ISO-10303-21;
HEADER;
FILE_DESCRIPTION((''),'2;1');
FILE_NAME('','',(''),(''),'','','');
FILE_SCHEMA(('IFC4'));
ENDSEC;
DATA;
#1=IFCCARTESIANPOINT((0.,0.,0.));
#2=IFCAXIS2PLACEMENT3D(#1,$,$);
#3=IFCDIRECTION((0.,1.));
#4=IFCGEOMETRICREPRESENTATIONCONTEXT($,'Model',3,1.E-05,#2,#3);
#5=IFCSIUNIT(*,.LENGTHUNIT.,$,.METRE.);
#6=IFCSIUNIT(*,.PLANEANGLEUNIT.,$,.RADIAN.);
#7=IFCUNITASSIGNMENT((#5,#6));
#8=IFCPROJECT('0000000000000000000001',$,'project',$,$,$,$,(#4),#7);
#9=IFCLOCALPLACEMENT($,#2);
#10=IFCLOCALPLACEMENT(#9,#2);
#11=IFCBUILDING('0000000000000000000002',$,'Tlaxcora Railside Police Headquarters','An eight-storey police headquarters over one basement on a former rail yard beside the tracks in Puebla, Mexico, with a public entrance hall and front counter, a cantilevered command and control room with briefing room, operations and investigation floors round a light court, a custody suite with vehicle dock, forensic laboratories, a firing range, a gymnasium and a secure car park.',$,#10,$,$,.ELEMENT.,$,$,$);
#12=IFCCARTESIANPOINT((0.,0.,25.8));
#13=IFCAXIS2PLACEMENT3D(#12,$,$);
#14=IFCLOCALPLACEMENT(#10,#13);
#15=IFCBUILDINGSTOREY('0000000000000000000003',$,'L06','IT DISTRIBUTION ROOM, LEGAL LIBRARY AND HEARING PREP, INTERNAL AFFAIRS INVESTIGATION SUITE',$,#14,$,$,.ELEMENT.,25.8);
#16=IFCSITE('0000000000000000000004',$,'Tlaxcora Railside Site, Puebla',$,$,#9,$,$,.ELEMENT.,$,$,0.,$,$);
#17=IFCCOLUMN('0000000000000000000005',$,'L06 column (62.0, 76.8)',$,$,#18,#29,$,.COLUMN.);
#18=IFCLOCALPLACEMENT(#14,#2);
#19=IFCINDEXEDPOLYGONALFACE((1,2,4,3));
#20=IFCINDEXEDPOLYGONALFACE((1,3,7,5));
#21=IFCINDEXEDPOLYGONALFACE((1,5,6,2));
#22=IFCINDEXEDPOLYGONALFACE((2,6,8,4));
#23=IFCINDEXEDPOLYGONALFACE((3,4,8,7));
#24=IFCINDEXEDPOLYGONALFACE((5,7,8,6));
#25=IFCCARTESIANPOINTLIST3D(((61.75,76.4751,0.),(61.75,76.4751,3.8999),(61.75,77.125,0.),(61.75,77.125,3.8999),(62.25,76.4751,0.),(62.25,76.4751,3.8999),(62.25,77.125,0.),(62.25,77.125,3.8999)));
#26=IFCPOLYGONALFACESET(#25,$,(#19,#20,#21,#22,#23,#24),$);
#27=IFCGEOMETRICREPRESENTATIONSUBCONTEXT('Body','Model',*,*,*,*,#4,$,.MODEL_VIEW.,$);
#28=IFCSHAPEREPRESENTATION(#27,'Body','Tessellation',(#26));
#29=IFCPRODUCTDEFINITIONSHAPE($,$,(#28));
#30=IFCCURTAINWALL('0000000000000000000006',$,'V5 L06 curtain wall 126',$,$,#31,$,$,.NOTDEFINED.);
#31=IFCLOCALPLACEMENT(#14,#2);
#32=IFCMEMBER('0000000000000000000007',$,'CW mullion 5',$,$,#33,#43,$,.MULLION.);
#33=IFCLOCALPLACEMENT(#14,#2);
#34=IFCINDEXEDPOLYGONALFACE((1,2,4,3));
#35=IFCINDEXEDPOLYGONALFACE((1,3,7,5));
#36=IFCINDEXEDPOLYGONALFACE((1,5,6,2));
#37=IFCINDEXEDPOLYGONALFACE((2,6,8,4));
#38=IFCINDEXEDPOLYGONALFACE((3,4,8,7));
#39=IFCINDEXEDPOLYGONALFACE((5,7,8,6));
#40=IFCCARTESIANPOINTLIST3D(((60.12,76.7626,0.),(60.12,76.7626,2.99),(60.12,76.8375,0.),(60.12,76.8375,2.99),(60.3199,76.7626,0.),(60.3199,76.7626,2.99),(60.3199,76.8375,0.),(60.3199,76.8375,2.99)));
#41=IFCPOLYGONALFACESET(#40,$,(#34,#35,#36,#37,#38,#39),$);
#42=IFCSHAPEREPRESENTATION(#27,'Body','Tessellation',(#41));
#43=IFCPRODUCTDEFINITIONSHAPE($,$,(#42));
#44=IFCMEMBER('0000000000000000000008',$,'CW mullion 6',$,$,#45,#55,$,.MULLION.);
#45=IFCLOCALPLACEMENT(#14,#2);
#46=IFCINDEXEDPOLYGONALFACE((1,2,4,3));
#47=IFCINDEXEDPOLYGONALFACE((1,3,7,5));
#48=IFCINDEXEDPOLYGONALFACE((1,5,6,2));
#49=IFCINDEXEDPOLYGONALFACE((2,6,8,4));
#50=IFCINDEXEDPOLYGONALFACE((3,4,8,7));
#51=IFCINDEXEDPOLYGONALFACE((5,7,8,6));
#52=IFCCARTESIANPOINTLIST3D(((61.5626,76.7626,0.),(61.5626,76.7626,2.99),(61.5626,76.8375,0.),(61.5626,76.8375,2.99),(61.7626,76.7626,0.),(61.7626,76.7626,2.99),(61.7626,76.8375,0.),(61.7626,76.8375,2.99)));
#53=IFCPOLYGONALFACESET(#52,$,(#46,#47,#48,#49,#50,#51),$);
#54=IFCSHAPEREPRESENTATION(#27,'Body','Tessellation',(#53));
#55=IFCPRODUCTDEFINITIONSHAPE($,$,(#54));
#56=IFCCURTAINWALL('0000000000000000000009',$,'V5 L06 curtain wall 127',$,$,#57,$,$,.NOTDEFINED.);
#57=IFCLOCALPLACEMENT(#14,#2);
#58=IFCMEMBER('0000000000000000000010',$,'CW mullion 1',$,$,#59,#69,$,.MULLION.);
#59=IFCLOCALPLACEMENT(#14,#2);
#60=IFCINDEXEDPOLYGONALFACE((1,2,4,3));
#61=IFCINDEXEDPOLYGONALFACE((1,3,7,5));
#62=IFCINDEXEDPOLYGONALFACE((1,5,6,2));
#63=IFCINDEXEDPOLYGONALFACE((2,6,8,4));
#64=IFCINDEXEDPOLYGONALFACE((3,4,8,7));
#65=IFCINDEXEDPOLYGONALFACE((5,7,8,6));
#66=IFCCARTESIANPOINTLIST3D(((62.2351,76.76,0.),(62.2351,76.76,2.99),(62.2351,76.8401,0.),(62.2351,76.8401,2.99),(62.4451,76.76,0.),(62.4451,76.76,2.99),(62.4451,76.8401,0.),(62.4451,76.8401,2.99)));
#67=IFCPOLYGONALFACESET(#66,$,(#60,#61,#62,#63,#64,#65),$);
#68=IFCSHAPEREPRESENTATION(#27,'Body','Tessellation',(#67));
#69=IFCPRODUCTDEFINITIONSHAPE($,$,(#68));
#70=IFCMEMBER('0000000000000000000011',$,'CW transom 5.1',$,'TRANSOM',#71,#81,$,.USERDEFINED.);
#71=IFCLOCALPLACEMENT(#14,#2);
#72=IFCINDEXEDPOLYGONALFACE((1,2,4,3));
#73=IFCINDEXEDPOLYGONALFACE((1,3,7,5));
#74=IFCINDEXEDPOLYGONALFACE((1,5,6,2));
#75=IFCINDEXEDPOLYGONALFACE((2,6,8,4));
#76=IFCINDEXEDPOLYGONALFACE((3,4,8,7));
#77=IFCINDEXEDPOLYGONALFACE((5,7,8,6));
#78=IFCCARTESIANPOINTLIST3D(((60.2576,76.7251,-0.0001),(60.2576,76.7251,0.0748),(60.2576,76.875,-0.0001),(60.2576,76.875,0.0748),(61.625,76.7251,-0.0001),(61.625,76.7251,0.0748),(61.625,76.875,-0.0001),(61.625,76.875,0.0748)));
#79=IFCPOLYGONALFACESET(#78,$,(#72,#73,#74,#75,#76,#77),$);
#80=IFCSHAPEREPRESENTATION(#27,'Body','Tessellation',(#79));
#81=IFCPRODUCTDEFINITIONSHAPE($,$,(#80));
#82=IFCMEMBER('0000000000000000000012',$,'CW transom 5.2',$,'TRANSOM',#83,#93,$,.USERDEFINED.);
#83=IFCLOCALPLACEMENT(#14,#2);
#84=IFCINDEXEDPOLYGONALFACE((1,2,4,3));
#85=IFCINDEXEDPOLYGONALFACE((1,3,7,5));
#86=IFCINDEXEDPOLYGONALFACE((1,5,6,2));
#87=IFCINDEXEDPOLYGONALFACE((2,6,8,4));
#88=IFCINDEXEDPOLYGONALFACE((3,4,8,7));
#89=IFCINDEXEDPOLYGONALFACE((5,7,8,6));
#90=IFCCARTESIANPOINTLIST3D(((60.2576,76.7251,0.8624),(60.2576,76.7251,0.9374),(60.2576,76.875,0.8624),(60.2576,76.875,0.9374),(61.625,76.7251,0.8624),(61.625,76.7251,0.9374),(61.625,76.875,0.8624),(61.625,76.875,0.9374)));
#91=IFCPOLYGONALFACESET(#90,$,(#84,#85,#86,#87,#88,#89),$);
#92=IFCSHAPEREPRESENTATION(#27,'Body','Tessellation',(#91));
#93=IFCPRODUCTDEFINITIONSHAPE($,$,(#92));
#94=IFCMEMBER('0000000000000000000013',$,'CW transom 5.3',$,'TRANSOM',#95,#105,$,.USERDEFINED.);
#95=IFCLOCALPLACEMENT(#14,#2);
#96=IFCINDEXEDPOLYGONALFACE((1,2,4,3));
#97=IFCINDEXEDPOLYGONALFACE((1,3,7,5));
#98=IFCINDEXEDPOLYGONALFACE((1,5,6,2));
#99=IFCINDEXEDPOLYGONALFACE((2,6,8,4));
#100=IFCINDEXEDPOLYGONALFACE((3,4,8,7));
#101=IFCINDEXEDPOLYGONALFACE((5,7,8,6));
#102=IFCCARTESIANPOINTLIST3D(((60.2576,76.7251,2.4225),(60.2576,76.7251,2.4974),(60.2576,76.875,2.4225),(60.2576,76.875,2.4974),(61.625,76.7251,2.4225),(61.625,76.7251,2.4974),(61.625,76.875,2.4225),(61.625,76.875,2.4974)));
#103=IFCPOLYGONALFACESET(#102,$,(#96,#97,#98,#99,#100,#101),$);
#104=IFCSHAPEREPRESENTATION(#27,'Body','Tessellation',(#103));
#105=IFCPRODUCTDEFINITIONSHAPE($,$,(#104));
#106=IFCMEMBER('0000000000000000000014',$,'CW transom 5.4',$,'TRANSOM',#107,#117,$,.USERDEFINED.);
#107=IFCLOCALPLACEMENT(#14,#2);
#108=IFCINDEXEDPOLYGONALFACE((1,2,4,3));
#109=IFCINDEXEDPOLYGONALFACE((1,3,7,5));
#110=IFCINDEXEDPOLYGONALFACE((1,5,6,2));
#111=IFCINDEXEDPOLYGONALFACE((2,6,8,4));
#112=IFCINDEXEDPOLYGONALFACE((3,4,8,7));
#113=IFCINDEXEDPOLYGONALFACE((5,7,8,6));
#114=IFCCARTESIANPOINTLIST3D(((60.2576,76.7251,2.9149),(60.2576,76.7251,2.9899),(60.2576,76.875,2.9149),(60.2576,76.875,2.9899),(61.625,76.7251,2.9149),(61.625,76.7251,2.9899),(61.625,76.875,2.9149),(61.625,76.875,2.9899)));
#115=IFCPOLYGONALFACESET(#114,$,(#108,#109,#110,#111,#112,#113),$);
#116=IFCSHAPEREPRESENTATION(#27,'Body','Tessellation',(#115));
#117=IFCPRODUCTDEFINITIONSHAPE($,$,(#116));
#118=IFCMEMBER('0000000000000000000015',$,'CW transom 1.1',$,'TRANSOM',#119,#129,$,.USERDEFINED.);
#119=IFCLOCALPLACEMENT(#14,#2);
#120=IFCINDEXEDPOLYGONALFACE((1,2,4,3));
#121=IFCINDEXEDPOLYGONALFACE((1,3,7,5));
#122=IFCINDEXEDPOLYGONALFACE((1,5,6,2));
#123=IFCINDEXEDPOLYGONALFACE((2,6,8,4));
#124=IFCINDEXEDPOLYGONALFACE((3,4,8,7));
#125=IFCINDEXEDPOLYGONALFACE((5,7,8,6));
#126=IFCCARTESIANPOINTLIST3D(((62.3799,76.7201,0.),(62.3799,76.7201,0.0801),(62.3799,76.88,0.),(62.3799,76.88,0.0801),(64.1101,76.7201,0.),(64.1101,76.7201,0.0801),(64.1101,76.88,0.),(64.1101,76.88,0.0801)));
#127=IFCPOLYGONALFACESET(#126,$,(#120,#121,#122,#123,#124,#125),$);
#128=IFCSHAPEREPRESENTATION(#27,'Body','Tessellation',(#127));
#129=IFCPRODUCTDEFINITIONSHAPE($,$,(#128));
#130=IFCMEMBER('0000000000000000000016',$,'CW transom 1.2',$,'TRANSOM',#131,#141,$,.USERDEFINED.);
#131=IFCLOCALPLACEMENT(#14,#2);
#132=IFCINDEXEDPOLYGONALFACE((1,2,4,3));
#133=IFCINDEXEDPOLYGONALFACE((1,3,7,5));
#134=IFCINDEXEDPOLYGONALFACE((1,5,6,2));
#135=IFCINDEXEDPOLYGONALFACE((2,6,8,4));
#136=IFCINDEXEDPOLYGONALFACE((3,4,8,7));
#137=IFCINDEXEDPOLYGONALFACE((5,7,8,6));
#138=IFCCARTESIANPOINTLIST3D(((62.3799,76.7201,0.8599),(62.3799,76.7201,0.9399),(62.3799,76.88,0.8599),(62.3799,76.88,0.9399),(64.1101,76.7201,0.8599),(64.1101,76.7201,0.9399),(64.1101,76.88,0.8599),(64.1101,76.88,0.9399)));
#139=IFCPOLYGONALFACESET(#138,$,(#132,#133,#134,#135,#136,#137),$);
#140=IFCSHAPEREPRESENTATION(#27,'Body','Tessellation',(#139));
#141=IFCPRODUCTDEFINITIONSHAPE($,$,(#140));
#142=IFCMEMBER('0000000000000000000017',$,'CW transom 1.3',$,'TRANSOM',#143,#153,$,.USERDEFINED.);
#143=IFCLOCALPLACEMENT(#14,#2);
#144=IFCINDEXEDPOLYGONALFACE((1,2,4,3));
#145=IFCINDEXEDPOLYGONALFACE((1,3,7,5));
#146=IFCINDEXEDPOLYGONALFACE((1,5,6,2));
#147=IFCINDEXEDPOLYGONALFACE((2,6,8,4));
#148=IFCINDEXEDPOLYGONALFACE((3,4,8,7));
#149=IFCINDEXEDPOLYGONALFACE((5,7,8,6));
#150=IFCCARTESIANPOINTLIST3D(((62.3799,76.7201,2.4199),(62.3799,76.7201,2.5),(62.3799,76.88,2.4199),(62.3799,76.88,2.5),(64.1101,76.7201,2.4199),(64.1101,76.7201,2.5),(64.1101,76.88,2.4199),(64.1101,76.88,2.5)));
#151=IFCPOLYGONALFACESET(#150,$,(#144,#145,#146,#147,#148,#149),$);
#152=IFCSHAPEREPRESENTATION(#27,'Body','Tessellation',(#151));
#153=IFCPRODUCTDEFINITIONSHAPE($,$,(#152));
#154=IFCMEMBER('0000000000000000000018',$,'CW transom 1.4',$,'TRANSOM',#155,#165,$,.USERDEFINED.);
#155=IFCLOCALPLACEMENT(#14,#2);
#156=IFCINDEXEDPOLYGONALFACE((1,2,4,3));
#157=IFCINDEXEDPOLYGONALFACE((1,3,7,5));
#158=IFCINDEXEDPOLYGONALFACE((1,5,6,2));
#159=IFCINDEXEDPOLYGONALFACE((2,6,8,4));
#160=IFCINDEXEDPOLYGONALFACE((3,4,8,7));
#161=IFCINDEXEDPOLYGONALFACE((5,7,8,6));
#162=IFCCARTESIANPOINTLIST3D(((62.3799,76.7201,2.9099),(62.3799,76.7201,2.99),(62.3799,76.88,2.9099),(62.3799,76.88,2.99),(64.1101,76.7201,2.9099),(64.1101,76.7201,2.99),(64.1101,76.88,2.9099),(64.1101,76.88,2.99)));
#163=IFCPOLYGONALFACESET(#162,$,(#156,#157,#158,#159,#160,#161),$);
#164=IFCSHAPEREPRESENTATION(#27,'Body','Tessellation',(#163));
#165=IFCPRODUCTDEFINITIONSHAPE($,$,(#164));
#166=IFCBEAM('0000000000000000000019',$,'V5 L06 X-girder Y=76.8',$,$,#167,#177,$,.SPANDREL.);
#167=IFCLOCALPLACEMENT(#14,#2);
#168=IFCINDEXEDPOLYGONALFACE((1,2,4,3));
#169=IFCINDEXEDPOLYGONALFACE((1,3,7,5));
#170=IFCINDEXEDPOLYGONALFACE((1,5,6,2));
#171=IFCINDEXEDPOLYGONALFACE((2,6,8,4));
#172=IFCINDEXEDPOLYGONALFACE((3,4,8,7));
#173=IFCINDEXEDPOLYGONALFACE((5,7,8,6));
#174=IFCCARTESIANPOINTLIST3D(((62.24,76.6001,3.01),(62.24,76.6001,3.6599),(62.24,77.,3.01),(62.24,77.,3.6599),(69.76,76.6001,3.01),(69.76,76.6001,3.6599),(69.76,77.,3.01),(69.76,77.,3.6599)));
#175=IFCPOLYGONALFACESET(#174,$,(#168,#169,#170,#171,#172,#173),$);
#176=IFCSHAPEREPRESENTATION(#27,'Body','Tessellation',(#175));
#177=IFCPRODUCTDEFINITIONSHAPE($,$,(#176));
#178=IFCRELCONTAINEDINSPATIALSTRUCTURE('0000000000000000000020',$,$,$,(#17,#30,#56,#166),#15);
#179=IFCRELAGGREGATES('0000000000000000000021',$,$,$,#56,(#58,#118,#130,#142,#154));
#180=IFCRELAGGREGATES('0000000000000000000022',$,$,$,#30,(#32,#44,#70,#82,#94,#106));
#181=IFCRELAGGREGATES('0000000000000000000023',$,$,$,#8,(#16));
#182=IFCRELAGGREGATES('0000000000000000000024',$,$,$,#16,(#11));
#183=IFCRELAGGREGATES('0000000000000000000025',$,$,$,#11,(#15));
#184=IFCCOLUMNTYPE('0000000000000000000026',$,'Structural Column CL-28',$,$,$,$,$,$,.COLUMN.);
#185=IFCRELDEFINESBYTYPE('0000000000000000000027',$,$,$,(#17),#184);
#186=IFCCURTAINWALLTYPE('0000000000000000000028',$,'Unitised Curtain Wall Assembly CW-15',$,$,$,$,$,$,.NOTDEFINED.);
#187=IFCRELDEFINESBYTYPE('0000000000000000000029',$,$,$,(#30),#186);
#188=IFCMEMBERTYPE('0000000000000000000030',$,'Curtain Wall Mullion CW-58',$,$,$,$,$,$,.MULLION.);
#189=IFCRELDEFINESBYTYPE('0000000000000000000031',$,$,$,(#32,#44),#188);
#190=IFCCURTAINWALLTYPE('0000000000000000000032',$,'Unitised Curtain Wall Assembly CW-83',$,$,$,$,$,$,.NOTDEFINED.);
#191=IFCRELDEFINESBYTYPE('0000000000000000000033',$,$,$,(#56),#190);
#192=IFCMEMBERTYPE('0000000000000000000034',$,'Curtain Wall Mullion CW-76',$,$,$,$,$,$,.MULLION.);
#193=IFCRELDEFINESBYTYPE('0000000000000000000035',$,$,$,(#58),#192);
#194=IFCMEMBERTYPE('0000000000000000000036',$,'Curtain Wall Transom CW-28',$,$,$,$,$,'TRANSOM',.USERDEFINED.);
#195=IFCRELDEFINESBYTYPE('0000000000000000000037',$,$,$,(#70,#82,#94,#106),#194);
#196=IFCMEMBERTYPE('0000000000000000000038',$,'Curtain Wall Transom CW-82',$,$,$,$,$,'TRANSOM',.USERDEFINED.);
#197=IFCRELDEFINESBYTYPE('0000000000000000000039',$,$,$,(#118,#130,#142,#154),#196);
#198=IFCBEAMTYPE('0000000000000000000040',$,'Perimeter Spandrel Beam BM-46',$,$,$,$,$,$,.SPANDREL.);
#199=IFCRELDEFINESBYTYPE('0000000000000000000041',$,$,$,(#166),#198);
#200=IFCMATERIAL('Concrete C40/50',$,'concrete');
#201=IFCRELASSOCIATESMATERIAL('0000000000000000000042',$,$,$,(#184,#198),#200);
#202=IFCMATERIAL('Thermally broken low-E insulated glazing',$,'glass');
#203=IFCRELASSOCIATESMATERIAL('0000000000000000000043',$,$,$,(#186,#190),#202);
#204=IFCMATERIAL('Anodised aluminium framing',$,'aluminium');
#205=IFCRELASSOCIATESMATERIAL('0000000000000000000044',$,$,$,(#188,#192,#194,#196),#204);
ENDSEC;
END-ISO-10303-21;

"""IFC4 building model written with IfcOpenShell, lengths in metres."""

from ifc_helpers import new_model, si_unit, direction, frame, origin, origin_2d, place, context, subcontext, project, spatial, rectangle, extrude, material, material_profile, profile_set, type_object, element, aggregate, save


model = new_model("IFC4")

# Units and contexts
model_context = context("Model", 3, precision=1e-05, world=origin(), true_north=direction((0.0, 1.0)))
body_context = subcontext(model_context, "Body", "Model", "MODEL_VIEW")
ifc_project = project(units=[si_unit("LENGTHUNIT", "METRE"), si_unit("PLANEANGLEUNIT", "RADIAN")], contexts=[model_context])

# Site, building, storey
site_placement = place(None, origin())
site = spatial("IfcSite", under=ifc_project, at=site_placement, Name="Tlaxcora Railside Site, Puebla", CompositionType="ELEMENT", RefElevation=0.0)
building_placement = place(site_placement, origin())
building = spatial("IfcBuilding", under=site, at=building_placement, Name="Tlaxcora Railside Police Headquarters", Description="An eight-storey police headquarters over one basement on a former rail yard beside the tracks in Puebla, Mexico, with a public entrance hall and front counter, a cantilevered command and control room with briefing room, operations and investigation floors round a light court, a custody suite with vehicle dock, forensic laboratories, a firing range, a gymnasium and a secure car park.", CompositionType="ELEMENT")
storey_placement = place(building_placement, frame((0.0, 0.0, 25.8)))
storey = spatial("IfcBuildingStorey", under=building, at=storey_placement, Name="L06", Description="IT DISTRIBUTION ROOM, LEGAL LIBRARY AND HEARING PREP, INTERNAL AFFAIRS INVESTIGATION SUITE", CompositionType="ELEMENT", Elevation=25.8)

# Column
ifc_material_1 = material(Name="Concrete C40/50", Category="concrete")
ifc_material_profile_1 = material_profile(ifc_material_1, rectangle(XDim=0.5, YDim=0.6499, at=origin_2d()), Name="RC500X650")
ifc_profile_set_1 = profile_set([ifc_material_profile_1], Name="Concrete C40/50")
column_type = type_object("IfcColumnType", Name="Structural Column CL-28", PredefinedType="COLUMN", material=ifc_profile_set_1)
column_placement = place(storey_placement, frame((62.0, 76.8, 0.0), z_axis=(0.0, 0.0, 1.0), x_axis=(1.0, 0.0, 0.0)))
element("IfcColumn", 1, at=column_placement, inside=storey, type_object=column_type, Name="L06 column (62.0, 76.8)", PredefinedType="COLUMN", context=body_context, shape_type="SweptSolid", body=[
    extrude(rectangle(XDim=0.5, YDim=0.6499, at=origin_2d()), origin(), (0.0, 0.0, 1.0), 3.8999),
])

# Curtain wall, members
ifc_material_2 = material(Name="Thermally broken low-E insulated glazing", Category="glass")
curtain_wall_type_1 = type_object("IfcCurtainWallType", Name="Unitised Curtain Wall Assembly CW-15", PredefinedType="NOTDEFINED", material=ifc_material_2)
curtain_wall_1_placement = place(storey_placement, origin())
curtain_wall_1 = element("IfcCurtainWall", 2, at=curtain_wall_1_placement, inside=storey, type_object=curtain_wall_type_1, Name="V5 L06 curtain wall 126", PredefinedType="NOTDEFINED")
ifc_material_3 = material(Name="Anodised aluminium framing", Category="aluminium")
ifc_material_profile_2 = material_profile(ifc_material_3, rectangle(XDim=0.075, YDim=0.2, at=origin_2d()), Name="AL75X200")
ifc_profile_set_2 = profile_set([ifc_material_profile_2], Name="Anodised aluminium framing")
member_type_1 = type_object("IfcMemberType", Name="Curtain Wall Mullion CW-58", PredefinedType="MULLION", material=ifc_profile_set_2)
member_1_placement = place(storey_placement, frame((60.22, 76.8, 0.0), z_axis=(0.0, 0.0, 1.0), x_axis=(0.0, 1.0, 0.0)))
member_1 = element("IfcMember", 3, at=member_1_placement, type_object=member_type_1, Name="CW mullion 5", PredefinedType="MULLION", context=body_context, shape_type="SweptSolid", body=[
    extrude(rectangle(XDim=0.075, YDim=0.2, at=origin_2d()), origin(), (0.0, 0.0, 1.0), 2.99),
])
member_2_placement = place(storey_placement, frame((61.6626, 76.8, 0.0), z_axis=(0.0, 0.0, 1.0), x_axis=(0.0, 1.0, 0.0)))
member_2 = element("IfcMember", 4, at=member_2_placement, type_object=member_type_1, Name="CW mullion 6", PredefinedType="MULLION", context=body_context, shape_type="SweptSolid", body=[
    extrude(rectangle(XDim=0.075, YDim=0.2, at=origin_2d()), origin(), (0.0, 0.0, 1.0), 2.99),
])

# Curtain wall, member
curtain_wall_type_2 = type_object("IfcCurtainWallType", Name="Unitised Curtain Wall Assembly CW-83", PredefinedType="NOTDEFINED", material=ifc_material_2)
curtain_wall_2_placement = place(storey_placement, origin())
curtain_wall_2 = element("IfcCurtainWall", 5, at=curtain_wall_2_placement, inside=storey, type_object=curtain_wall_type_2, Name="V5 L06 curtain wall 127", PredefinedType="NOTDEFINED")
ifc_material_profile_3 = material_profile(ifc_material_3, rectangle(XDim=0.0801, YDim=0.21, at=origin_2d()), Name="AL80X210")
ifc_profile_set_3 = profile_set([ifc_material_profile_3], Name="Anodised aluminium framing")
member_type_2 = type_object("IfcMemberType", Name="Curtain Wall Mullion CW-76", PredefinedType="MULLION", material=ifc_profile_set_3)
member_3_placement = place(storey_placement, frame((62.3401, 76.8, 0.0), z_axis=(0.0, 0.0, 1.0), x_axis=(0.0, 1.0, 0.0)))
member_3 = element("IfcMember", 6, at=member_3_placement, type_object=member_type_2, Name="CW mullion 1", PredefinedType="MULLION", context=body_context, shape_type="SweptSolid", body=[
    extrude(rectangle(XDim=0.0801, YDim=0.21, at=origin_2d()), origin(), (0.0, 0.0, 1.0), 2.99),
])

# Members
ifc_material_profile_4 = material_profile(ifc_material_3, rectangle(XDim=0.1499, YDim=0.075, at=origin_2d()), Name="AL75X150")
ifc_profile_set_4 = profile_set([ifc_material_profile_4], Name="Anodised aluminium framing")
member_type_3 = type_object("IfcMemberType", Name="Curtain Wall Transom CW-28", ElementType="TRANSOM", PredefinedType="USERDEFINED", material=ifc_profile_set_4)
member_4_placement = place(storey_placement, frame((60.2576, 76.8, 0.0374), z_axis=(1.0, 0.0, 0.0), x_axis=(0.0, 1.0, 0.0)))
member_4 = element("IfcMember", 7, at=member_4_placement, type_object=member_type_3, Name="CW transom 5.1", ObjectType="TRANSOM", PredefinedType="USERDEFINED", context=body_context, shape_type="SweptSolid", body=[
    extrude(rectangle(XDim=0.1499, YDim=0.075, at=origin_2d()), origin(), (0.0, 0.0, 1.0), 1.3674),
])
member_5_placement = place(storey_placement, frame((60.2576, 76.8, 0.8999), z_axis=(1.0, 0.0, 0.0), x_axis=(0.0, 1.0, 0.0)))
member_5 = element("IfcMember", 8, at=member_5_placement, type_object=member_type_3, Name="CW transom 5.2", ObjectType="TRANSOM", PredefinedType="USERDEFINED", context=body_context, shape_type="SweptSolid", body=[
    extrude(rectangle(XDim=0.1499, YDim=0.075, at=origin_2d()), origin(), (0.0, 0.0, 1.0), 1.3674),
])
member_6_placement = place(storey_placement, frame((60.2576, 76.8, 2.46), z_axis=(1.0, 0.0, 0.0), x_axis=(0.0, 1.0, 0.0)))
member_6 = element("IfcMember", 9, at=member_6_placement, type_object=member_type_3, Name="CW transom 5.3", ObjectType="TRANSOM", PredefinedType="USERDEFINED", context=body_context, shape_type="SweptSolid", body=[
    extrude(rectangle(XDim=0.1499, YDim=0.075, at=origin_2d()), origin(), (0.0, 0.0, 1.0), 1.3674),
])
member_7_placement = place(storey_placement, frame((60.2576, 76.8, 2.9524), z_axis=(1.0, 0.0, 0.0), x_axis=(0.0, 1.0, 0.0)))
member_7 = element("IfcMember", 10, at=member_7_placement, type_object=member_type_3, Name="CW transom 5.4", ObjectType="TRANSOM", PredefinedType="USERDEFINED", context=body_context, shape_type="SweptSolid", body=[
    extrude(rectangle(XDim=0.1499, YDim=0.075, at=origin_2d()), origin(), (0.0, 0.0, 1.0), 1.3674),
])
ifc_material_profile_5 = material_profile(ifc_material_3, rectangle(XDim=0.1599, YDim=0.0801, at=origin_2d()), Name="AL80X160")
ifc_profile_set_5 = profile_set([ifc_material_profile_5], Name="Anodised aluminium framing")
member_type_4 = type_object("IfcMemberType", Name="Curtain Wall Transom CW-82", ElementType="TRANSOM", PredefinedType="USERDEFINED", material=ifc_profile_set_5)
member_8_placement = place(storey_placement, frame((62.3799, 76.8, 0.04), z_axis=(1.0, 0.0, 0.0), x_axis=(0.0, 1.0, 0.0)))
member_8 = element("IfcMember", 11, at=member_8_placement, type_object=member_type_4, Name="CW transom 1.1", ObjectType="TRANSOM", PredefinedType="USERDEFINED", context=body_context, shape_type="SweptSolid", body=[
    extrude(rectangle(XDim=0.1599, YDim=0.0801, at=origin_2d()), origin(), (0.0, 0.0, 1.0), 1.7302),
])
member_9_placement = place(storey_placement, frame((62.3799, 76.8, 0.8999), z_axis=(1.0, 0.0, 0.0), x_axis=(0.0, 1.0, 0.0)))
member_9 = element("IfcMember", 12, at=member_9_placement, type_object=member_type_4, Name="CW transom 1.2", ObjectType="TRANSOM", PredefinedType="USERDEFINED", context=body_context, shape_type="SweptSolid", body=[
    extrude(rectangle(XDim=0.1599, YDim=0.0801, at=origin_2d()), origin(), (0.0, 0.0, 1.0), 1.7302),
])
member_10_placement = place(storey_placement, frame((62.3799, 76.8, 2.46), z_axis=(1.0, 0.0, 0.0), x_axis=(0.0, 1.0, 0.0)))
member_10 = element("IfcMember", 13, at=member_10_placement, type_object=member_type_4, Name="CW transom 1.3", ObjectType="TRANSOM", PredefinedType="USERDEFINED", context=body_context, shape_type="SweptSolid", body=[
    extrude(rectangle(XDim=0.1599, YDim=0.0801, at=origin_2d()), origin(), (0.0, 0.0, 1.0), 1.7302),
])
member_11_placement = place(storey_placement, frame((62.3799, 76.8, 2.95), z_axis=(1.0, 0.0, 0.0), x_axis=(0.0, 1.0, 0.0)))
member_11 = element("IfcMember", 14, at=member_11_placement, type_object=member_type_4, Name="CW transom 1.4", ObjectType="TRANSOM", PredefinedType="USERDEFINED", context=body_context, shape_type="SweptSolid", body=[
    extrude(rectangle(XDim=0.1599, YDim=0.0801, at=origin_2d()), origin(), (0.0, 0.0, 1.0), 1.7302),
])
aggregate(curtain_wall_2, [member_3, member_8, member_9, member_10, member_11])

# Beam
ifc_material_profile_6 = material_profile(ifc_material_1, rectangle(XDim=0.3999, YDim=0.6499, at=origin_2d()), Name="RC400X650")
ifc_profile_set_6 = profile_set([ifc_material_profile_6], Name="Concrete C40/50")
beam_type = type_object("IfcBeamType", Name="Perimeter Spandrel Beam BM-46", PredefinedType="SPANDREL", material=ifc_profile_set_6)
beam_placement = place(storey_placement, frame((62.24, 76.8, 3.335), z_axis=(1.0, 0.0, 0.0), x_axis=(0.0, 1.0, 0.0)))
element("IfcBeam", 15, at=beam_placement, inside=storey, type_object=beam_type, Name="V5 L06 X-girder Y=76.8", PredefinedType="SPANDREL", context=body_context, shape_type="SweptSolid", body=[
    extrude(rectangle(XDim=0.3999, YDim=0.6499, at=origin_2d()), origin(), (0.0, 0.0, 1.0), 7.52),
])

aggregate(curtain_wall_1, [member_1, member_2, member_4, member_5, member_6, member_7])

save(model, "model.ifc")
